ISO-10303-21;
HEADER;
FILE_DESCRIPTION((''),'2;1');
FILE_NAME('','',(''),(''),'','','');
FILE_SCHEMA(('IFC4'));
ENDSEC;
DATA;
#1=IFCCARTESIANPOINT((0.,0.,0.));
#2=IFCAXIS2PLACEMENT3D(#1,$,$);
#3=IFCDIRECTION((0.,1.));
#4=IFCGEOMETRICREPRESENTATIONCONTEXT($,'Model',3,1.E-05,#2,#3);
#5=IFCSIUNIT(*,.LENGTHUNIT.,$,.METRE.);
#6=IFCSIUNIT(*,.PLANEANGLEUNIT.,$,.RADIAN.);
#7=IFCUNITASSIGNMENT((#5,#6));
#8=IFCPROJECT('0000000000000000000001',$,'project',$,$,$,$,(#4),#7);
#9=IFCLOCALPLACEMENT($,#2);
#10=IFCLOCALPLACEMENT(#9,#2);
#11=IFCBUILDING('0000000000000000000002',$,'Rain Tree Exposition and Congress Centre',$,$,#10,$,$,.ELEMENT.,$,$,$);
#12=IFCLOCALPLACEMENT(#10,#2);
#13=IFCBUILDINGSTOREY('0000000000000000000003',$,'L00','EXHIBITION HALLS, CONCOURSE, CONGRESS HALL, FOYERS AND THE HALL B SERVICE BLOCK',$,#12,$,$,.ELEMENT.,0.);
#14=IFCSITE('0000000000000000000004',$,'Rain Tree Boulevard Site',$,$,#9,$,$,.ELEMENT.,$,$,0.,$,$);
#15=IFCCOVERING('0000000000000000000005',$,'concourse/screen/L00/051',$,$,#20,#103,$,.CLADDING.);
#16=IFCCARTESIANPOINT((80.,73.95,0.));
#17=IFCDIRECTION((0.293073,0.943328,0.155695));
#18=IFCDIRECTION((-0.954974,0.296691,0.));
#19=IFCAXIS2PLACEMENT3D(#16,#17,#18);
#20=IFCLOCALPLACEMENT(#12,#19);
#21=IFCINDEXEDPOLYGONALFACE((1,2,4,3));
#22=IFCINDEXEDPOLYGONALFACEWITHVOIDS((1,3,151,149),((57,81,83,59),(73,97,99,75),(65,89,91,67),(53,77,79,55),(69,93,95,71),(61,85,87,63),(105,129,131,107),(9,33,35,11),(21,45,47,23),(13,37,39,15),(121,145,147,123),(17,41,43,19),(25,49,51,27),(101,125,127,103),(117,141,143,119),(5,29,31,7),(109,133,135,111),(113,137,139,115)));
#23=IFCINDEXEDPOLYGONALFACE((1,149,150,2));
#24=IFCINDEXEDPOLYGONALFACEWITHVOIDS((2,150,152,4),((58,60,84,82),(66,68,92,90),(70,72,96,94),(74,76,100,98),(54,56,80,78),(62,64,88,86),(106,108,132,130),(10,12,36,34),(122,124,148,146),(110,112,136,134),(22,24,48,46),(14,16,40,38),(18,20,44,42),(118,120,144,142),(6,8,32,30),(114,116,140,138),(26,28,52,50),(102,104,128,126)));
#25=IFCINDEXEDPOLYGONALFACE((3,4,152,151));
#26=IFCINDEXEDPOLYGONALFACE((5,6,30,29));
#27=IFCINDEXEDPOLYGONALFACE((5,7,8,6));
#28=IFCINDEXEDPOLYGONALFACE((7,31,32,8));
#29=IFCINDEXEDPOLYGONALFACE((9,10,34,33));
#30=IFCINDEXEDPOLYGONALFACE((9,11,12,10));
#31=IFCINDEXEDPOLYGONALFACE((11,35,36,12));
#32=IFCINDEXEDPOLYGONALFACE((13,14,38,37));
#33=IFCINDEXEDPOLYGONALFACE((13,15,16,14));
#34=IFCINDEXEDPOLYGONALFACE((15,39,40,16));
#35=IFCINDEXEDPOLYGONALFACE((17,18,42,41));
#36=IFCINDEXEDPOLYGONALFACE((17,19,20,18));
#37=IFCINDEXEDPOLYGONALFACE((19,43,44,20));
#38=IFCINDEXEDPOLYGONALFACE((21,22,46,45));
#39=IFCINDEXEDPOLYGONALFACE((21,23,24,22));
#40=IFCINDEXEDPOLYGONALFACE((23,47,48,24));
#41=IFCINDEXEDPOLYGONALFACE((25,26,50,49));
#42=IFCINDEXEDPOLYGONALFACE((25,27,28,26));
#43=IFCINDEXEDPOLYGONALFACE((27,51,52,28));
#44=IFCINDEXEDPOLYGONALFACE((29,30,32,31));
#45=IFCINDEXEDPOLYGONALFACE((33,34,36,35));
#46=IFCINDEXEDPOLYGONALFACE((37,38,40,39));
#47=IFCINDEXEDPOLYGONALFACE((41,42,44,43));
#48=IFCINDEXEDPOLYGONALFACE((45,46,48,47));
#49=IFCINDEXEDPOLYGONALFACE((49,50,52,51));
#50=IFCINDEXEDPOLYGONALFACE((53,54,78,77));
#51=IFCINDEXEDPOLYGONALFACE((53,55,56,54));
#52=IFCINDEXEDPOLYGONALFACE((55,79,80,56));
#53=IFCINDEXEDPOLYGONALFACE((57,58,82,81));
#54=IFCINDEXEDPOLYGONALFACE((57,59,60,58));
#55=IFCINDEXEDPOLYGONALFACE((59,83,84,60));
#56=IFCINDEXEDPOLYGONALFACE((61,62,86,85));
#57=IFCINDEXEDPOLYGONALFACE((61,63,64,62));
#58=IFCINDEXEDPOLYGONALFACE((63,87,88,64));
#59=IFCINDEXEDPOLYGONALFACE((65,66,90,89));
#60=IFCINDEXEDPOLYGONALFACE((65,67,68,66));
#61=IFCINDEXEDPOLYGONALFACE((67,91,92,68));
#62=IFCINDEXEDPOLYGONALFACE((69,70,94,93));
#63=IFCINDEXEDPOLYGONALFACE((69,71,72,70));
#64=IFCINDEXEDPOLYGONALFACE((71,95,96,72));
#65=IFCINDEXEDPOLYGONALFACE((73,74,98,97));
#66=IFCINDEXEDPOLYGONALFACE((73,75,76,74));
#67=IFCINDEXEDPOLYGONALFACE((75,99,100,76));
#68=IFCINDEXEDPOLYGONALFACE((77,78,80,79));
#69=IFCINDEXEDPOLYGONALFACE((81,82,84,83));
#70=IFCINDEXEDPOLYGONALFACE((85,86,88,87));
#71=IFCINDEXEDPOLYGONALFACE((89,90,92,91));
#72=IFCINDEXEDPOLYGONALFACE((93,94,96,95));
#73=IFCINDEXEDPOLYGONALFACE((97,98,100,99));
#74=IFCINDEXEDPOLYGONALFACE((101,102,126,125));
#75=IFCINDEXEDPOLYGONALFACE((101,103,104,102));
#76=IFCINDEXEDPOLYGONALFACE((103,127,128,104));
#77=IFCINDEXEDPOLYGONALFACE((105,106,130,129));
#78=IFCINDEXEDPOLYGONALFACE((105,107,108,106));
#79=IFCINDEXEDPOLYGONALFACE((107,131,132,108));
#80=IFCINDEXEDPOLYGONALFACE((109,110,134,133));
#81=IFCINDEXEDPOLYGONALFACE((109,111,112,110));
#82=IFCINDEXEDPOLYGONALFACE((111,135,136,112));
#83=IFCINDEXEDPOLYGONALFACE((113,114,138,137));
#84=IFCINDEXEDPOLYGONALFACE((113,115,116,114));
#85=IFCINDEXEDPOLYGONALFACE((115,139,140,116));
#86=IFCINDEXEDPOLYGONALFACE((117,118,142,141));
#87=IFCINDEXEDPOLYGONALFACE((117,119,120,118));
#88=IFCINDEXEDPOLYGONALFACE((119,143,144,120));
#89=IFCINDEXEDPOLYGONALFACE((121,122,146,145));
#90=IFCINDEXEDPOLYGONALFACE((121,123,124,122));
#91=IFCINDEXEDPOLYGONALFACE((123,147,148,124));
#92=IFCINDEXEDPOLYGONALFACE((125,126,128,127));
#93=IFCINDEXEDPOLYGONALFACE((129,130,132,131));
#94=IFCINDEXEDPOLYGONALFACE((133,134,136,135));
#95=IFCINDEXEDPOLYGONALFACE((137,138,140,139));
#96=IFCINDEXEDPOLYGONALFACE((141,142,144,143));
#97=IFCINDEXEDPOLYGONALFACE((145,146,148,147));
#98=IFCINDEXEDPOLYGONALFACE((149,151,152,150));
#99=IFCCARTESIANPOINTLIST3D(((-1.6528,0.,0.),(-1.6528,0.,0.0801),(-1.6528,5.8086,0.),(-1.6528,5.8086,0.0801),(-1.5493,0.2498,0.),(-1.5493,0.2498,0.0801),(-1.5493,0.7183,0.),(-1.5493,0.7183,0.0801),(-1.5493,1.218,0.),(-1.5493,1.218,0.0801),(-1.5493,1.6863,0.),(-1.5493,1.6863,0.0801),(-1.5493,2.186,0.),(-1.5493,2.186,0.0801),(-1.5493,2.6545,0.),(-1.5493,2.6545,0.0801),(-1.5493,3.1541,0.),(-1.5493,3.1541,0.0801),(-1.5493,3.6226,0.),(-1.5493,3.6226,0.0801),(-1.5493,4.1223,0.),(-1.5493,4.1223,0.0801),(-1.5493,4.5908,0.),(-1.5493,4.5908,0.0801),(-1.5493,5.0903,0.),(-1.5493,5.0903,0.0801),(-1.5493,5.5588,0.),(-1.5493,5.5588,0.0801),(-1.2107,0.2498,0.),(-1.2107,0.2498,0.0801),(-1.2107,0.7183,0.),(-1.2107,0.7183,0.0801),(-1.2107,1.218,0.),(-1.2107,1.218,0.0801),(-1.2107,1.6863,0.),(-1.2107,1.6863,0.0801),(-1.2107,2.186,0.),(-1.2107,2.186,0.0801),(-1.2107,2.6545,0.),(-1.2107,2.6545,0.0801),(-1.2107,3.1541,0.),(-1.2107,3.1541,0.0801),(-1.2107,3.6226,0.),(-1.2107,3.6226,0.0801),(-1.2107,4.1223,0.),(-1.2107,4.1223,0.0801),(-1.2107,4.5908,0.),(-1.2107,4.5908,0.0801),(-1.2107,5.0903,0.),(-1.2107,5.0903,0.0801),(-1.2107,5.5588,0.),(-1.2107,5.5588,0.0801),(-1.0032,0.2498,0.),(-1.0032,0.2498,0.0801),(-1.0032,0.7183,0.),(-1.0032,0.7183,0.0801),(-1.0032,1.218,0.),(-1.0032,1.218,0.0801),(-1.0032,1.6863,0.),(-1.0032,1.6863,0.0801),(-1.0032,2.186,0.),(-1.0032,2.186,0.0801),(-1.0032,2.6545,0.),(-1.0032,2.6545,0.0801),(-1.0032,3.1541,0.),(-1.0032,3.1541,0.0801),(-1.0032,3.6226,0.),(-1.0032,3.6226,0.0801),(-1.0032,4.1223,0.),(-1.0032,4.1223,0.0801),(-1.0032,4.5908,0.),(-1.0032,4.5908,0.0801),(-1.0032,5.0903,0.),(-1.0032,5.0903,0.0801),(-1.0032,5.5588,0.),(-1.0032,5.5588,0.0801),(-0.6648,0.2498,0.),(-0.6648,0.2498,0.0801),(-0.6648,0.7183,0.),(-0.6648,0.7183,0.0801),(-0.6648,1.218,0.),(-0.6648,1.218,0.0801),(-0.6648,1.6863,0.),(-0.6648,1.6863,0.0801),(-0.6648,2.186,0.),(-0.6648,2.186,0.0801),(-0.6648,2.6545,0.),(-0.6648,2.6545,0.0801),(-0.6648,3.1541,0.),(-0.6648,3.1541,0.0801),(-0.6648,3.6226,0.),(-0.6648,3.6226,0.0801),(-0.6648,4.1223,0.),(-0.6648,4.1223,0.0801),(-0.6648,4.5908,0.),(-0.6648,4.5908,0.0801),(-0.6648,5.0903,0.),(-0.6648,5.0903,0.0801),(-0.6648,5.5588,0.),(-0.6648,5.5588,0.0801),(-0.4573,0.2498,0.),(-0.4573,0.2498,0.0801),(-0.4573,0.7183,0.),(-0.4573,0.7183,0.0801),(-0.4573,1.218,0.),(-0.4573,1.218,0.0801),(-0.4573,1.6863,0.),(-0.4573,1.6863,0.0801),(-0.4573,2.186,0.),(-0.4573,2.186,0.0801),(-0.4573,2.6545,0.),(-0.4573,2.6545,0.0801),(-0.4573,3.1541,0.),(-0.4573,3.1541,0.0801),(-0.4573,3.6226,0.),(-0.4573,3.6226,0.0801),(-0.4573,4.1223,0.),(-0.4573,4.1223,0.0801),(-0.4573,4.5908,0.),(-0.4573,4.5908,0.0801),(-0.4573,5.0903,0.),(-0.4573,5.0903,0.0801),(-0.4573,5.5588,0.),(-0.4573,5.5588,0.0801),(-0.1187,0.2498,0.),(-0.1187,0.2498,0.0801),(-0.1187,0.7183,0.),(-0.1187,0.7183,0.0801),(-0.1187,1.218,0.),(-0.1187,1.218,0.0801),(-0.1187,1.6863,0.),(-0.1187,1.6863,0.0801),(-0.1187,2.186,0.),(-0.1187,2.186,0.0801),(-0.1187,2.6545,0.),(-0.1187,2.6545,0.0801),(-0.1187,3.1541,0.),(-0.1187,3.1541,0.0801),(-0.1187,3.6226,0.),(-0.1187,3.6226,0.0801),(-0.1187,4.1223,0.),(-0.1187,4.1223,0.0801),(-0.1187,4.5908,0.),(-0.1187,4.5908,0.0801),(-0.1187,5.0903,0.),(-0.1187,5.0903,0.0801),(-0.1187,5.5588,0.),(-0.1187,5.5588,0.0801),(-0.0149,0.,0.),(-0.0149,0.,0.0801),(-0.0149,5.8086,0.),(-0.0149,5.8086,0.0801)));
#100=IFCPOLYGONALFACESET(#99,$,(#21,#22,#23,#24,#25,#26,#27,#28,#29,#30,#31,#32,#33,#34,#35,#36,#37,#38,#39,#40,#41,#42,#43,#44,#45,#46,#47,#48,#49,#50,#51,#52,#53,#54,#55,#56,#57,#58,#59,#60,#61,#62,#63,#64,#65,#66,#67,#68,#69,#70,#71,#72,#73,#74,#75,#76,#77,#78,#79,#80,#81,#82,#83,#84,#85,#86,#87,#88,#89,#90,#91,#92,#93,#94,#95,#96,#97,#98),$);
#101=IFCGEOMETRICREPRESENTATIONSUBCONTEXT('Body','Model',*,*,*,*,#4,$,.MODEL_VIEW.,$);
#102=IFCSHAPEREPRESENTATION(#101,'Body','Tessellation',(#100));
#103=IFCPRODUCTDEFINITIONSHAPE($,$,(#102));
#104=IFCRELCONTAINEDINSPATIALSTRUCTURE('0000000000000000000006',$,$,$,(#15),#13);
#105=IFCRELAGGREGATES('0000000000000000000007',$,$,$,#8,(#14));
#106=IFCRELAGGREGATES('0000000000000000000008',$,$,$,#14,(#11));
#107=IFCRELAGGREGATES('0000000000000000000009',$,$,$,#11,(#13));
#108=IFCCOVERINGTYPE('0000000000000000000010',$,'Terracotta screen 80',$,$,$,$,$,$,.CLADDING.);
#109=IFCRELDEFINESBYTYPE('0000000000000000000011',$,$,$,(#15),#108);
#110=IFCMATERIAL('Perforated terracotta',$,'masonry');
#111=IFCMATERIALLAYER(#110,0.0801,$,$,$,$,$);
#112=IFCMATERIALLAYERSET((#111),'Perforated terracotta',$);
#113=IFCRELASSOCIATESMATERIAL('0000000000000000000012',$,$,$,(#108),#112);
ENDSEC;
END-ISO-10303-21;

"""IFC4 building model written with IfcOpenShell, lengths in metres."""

from ifc_helpers import new_model, si_unit, direction, frame, origin, place, context, subcontext, project, spatial, polyline, outline, extrude, material, layer, layer_set, type_object, element, save


model = new_model("IFC4")

# Units and contexts
model_context = context("Model", 3, precision=1e-05, world=origin(), true_north=direction((0.0, 1.0)))
body_context = subcontext(model_context, "Body", "Model", "MODEL_VIEW")
ifc_project = project(units=[si_unit("LENGTHUNIT", "METRE"), si_unit("PLANEANGLEUNIT", "RADIAN")], contexts=[model_context])

# Site, building, storey
site_placement = place(None, origin())
site = spatial("IfcSite", under=ifc_project, at=site_placement, Name="Rain Tree Boulevard Site", CompositionType="ELEMENT", RefElevation=0.0)
building_placement = place(site_placement, origin())
building = spatial("IfcBuilding", under=site, at=building_placement, Name="Rain Tree Exposition and Congress Centre", CompositionType="ELEMENT")
storey_placement = place(building_placement, origin())
storey = spatial("IfcBuildingStorey", under=building, at=storey_placement, Name="L00", Description="EXHIBITION HALLS, CONCOURSE, CONGRESS HALL, FOYERS AND THE HALL B SERVICE BLOCK", CompositionType="ELEMENT", Elevation=0.0)

# Covering
ifc_material_1 = material(Name="Perforated terracotta", Category="masonry")
ifc_layer_1 = layer(ifc_material_1, 0.0801)
ifc_layer_set_1 = layer_set([ifc_layer_1], Name="Perforated terracotta")
covering_type_1 = type_object("IfcCoveringType", Name="Terracotta screen 80", PredefinedType="CLADDING", material=ifc_layer_set_1)
covering_1_placement = place(storey_placement, frame((80.0, 73.95, 0.0), z_axis=(0.293073, 0.943328, 0.155695), x_axis=(-0.954974, 0.296691, 0.0)))
element("IfcCovering", 1, at=covering_1_placement, inside=storey, type_object=covering_type_1, Name="concourse/screen/L00/051", PredefinedType="CLADDING", context=body_context, shape_type="SweptSolid", body=[
    extrude(outline(polyline([(-0.0149, 0.0), (-1.6528, 0.0), (-1.6528, 5.8086), (-0.0149, 5.8086), (-0.0149, 0.0)]), holes=[polyline([(-0.1187, 0.2498), (-0.1187, 0.7183), (-0.4573, 0.7183), (-0.4573, 0.2498), (-0.1187, 0.2498)]), polyline([(-0.1187, 1.218), (-0.1187, 1.6863), (-0.4573, 1.6863), (-0.4573, 1.218), (-0.1187, 1.218)]), polyline([(-0.1187, 2.186), (-0.1187, 2.6545), (-0.4573, 2.6545), (-0.4573, 2.186), (-0.1187, 2.186)]), polyline([(-0.1187, 3.1541), (-0.1187, 3.6226), (-0.4573, 3.6226), (-0.4573, 3.1541), (-0.1187, 3.1541)]), polyline([(-0.1187, 4.1223), (-0.1187, 4.5908), (-0.4573, 4.5908), (-0.4573, 4.1223), (-0.1187, 4.1223)]), polyline([(-0.1187, 5.0903), (-0.1187, 5.5588), (-0.4573, 5.5588), (-0.4573, 5.0903), (-0.1187, 5.0903)]), polyline([(-0.6648, 0.2498), (-0.6648, 0.7183), (-1.0032, 0.7183), (-1.0032, 0.2498), (-0.6648, 0.2498)]), polyline([(-0.6648, 1.218), (-0.6648, 1.6863), (-1.0032, 1.6863), (-1.0032, 1.218), (-0.6648, 1.218)]), polyline([(-0.6648, 2.186), (-0.6648, 2.6545), (-1.0032, 2.6545), (-1.0032, 2.186), (-0.6648, 2.186)]), polyline([(-0.6648, 3.1541), (-0.6648, 3.6226), (-1.0032, 3.6226), (-1.0032, 3.1541), (-0.6648, 3.1541)]), polyline([(-0.6648, 4.1223), (-0.6648, 4.5908), (-1.0032, 4.5908), (-1.0032, 4.1223), (-0.6648, 4.1223)]), polyline([(-0.6648, 5.0903), (-0.6648, 5.5588), (-1.0032, 5.5588), (-1.0032, 5.0903), (-0.6648, 5.0903)]), polyline([(-1.2107, 0.2498), (-1.2107, 0.7183), (-1.5493, 0.7183), (-1.5493, 0.2498), (-1.2107, 0.2498)]), polyline([(-1.2107, 1.218), (-1.2107, 1.6863), (-1.5493, 1.6863), (-1.5493, 1.218), (-1.2107, 1.218)]), polyline([(-1.2107, 2.186), (-1.2107, 2.6545), (-1.5493, 2.6545), (-1.5493, 2.186), (-1.2107, 2.186)]), polyline([(-1.2107, 3.1541), (-1.2107, 3.6226), (-1.5493, 3.6226), (-1.5493, 3.1541), (-1.2107, 3.1541)]), polyline([(-1.2107, 4.1223), (-1.2107, 4.5908), (-1.5493, 4.5908), (-1.5493, 4.1223), (-1.2107, 4.1223)]), polyline([(-1.2107, 5.0903), (-1.2107, 5.5588), (-1.5493, 5.5588), (-1.5493, 5.0903), (-1.2107, 5.0903)])]), origin(), (0.0, 0.0, 1.0), 0.0801),
])

save(model, "model.ifc")
